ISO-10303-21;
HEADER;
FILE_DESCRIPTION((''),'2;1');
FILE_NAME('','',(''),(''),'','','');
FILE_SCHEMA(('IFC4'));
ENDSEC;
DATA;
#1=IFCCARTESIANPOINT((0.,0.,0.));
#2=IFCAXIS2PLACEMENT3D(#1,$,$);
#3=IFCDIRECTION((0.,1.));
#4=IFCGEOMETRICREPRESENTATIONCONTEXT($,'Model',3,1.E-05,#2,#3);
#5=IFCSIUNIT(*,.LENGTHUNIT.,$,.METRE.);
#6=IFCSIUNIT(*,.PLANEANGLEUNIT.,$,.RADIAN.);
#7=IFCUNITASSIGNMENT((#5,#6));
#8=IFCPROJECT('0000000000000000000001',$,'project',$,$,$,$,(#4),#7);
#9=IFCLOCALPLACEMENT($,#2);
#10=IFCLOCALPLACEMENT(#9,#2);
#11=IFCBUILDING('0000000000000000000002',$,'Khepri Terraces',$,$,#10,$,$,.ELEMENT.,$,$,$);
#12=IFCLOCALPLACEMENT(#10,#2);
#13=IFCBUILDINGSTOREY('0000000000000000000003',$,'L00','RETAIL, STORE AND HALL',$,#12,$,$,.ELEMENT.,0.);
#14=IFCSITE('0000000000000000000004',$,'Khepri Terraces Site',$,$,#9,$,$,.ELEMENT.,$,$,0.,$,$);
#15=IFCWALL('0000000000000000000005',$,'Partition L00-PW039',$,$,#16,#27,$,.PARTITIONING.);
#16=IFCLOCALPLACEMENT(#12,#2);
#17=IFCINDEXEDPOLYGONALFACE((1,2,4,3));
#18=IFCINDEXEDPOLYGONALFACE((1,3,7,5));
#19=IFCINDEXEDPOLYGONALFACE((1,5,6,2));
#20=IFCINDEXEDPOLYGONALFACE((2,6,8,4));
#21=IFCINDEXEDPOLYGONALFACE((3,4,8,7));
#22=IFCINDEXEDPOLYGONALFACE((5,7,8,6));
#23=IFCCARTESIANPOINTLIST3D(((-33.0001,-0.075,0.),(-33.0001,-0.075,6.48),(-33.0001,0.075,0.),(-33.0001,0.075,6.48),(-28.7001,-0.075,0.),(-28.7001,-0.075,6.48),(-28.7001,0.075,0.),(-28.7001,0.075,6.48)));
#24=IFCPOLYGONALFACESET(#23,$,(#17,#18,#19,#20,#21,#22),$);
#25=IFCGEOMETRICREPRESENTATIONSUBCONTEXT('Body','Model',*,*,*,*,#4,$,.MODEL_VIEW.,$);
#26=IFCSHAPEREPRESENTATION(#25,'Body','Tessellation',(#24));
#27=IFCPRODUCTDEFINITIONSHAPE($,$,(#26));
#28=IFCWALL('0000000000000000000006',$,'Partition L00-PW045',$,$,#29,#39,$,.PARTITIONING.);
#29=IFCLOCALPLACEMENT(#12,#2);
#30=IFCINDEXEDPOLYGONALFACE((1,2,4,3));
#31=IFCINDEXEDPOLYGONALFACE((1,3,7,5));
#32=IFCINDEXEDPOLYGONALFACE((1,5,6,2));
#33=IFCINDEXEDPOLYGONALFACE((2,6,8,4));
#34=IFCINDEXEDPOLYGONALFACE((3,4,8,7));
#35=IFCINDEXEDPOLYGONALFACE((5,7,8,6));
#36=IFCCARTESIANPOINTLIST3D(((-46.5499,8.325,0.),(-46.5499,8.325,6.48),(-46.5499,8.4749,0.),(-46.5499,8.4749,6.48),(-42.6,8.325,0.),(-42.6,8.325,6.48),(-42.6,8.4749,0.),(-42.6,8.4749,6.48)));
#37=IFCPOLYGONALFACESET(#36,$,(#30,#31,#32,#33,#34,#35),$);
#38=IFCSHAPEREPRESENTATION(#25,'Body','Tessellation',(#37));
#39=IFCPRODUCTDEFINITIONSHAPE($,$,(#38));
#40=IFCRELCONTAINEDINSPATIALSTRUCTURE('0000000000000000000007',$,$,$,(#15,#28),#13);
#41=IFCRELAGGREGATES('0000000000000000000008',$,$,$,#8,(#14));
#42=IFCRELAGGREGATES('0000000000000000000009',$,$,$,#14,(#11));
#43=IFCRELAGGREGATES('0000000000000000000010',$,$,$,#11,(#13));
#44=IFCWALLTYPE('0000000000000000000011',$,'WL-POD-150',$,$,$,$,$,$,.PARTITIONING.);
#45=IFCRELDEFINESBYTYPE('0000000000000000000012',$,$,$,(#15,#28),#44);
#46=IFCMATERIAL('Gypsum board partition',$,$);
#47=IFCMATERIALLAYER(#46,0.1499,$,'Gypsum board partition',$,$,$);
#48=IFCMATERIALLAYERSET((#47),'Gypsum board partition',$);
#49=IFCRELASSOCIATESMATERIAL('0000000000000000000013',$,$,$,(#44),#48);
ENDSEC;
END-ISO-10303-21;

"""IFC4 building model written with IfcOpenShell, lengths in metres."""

from ifc_helpers import new_model, si_unit, direction, frame, frame_2d, origin, place, context, subcontext, project, spatial, rectangle, extrude, material, layer, layer_set, type_object, element, save


model = new_model("IFC4")

# Units and contexts
model_context = context("Model", 3, precision=1e-05, world=origin(), true_north=direction((0.0, 1.0)))
body_context = subcontext(model_context, "Body", "Model", "MODEL_VIEW")
ifc_project = project(units=[si_unit("LENGTHUNIT", "METRE"), si_unit("PLANEANGLEUNIT", "RADIAN")], contexts=[model_context])

# Site, building, storey
site_placement = place(None, origin())
site = spatial("IfcSite", under=ifc_project, at=site_placement, Name="Khepri Terraces Site", CompositionType="ELEMENT", RefElevation=0.0)
building_placement = place(site_placement, origin())
building = spatial("IfcBuilding", under=site, at=building_placement, Name="Khepri Terraces", CompositionType="ELEMENT")
storey_placement = place(building_placement, origin())
storey = spatial("IfcBuildingStorey", under=building, at=storey_placement, Name="L00", Description="RETAIL, STORE AND HALL", CompositionType="ELEMENT", Elevation=0.0)

# Walls
ifc_material_1 = material(Name="Gypsum board partition")
ifc_layer_1 = layer(ifc_material_1, 0.1499, Name="Gypsum board partition")
ifc_layer_set_1 = layer_set([ifc_layer_1], Name="Gypsum board partition")
wall_type_1 = type_object("IfcWallType", Name="WL-POD-150", PredefinedType="PARTITIONING", material=ifc_layer_set_1)
wall_1_placement = place(storey_placement, frame((-33.0, 0.0, 0.0), z_axis=(0.0, 0.0, 1.0), x_axis=(1.0, 0.0, 0.0)))
element("IfcWall", 1, at=wall_1_placement, inside=storey, type_object=wall_type_1, Name="Partition L00-PW039", PredefinedType="PARTITIONING", context=body_context, shape_type="SweptSolid", body=[
    extrude(rectangle(XDim=4.3, YDim=0.1499, at=frame_2d((2.1499, 0.0))), origin(), (0.0, 0.0, 1.0), 6.48),
])
wall_2_placement = place(storey_placement, frame((-46.55, 8.3999, 0.0), z_axis=(0.0, 0.0, 1.0), x_axis=(1.0, 0.0, 0.0)))
element("IfcWall", 2, at=wall_2_placement, inside=storey, type_object=wall_type_1, Name="Partition L00-PW045", PredefinedType="PARTITIONING", context=body_context, shape_type="SweptSolid", body=[
    extrude(rectangle(XDim=3.95, YDim=0.1499, at=frame_2d((1.9751, 0.0))), origin(), (0.0, 0.0, 1.0), 6.48),
])

save(model, "model.ifc")
